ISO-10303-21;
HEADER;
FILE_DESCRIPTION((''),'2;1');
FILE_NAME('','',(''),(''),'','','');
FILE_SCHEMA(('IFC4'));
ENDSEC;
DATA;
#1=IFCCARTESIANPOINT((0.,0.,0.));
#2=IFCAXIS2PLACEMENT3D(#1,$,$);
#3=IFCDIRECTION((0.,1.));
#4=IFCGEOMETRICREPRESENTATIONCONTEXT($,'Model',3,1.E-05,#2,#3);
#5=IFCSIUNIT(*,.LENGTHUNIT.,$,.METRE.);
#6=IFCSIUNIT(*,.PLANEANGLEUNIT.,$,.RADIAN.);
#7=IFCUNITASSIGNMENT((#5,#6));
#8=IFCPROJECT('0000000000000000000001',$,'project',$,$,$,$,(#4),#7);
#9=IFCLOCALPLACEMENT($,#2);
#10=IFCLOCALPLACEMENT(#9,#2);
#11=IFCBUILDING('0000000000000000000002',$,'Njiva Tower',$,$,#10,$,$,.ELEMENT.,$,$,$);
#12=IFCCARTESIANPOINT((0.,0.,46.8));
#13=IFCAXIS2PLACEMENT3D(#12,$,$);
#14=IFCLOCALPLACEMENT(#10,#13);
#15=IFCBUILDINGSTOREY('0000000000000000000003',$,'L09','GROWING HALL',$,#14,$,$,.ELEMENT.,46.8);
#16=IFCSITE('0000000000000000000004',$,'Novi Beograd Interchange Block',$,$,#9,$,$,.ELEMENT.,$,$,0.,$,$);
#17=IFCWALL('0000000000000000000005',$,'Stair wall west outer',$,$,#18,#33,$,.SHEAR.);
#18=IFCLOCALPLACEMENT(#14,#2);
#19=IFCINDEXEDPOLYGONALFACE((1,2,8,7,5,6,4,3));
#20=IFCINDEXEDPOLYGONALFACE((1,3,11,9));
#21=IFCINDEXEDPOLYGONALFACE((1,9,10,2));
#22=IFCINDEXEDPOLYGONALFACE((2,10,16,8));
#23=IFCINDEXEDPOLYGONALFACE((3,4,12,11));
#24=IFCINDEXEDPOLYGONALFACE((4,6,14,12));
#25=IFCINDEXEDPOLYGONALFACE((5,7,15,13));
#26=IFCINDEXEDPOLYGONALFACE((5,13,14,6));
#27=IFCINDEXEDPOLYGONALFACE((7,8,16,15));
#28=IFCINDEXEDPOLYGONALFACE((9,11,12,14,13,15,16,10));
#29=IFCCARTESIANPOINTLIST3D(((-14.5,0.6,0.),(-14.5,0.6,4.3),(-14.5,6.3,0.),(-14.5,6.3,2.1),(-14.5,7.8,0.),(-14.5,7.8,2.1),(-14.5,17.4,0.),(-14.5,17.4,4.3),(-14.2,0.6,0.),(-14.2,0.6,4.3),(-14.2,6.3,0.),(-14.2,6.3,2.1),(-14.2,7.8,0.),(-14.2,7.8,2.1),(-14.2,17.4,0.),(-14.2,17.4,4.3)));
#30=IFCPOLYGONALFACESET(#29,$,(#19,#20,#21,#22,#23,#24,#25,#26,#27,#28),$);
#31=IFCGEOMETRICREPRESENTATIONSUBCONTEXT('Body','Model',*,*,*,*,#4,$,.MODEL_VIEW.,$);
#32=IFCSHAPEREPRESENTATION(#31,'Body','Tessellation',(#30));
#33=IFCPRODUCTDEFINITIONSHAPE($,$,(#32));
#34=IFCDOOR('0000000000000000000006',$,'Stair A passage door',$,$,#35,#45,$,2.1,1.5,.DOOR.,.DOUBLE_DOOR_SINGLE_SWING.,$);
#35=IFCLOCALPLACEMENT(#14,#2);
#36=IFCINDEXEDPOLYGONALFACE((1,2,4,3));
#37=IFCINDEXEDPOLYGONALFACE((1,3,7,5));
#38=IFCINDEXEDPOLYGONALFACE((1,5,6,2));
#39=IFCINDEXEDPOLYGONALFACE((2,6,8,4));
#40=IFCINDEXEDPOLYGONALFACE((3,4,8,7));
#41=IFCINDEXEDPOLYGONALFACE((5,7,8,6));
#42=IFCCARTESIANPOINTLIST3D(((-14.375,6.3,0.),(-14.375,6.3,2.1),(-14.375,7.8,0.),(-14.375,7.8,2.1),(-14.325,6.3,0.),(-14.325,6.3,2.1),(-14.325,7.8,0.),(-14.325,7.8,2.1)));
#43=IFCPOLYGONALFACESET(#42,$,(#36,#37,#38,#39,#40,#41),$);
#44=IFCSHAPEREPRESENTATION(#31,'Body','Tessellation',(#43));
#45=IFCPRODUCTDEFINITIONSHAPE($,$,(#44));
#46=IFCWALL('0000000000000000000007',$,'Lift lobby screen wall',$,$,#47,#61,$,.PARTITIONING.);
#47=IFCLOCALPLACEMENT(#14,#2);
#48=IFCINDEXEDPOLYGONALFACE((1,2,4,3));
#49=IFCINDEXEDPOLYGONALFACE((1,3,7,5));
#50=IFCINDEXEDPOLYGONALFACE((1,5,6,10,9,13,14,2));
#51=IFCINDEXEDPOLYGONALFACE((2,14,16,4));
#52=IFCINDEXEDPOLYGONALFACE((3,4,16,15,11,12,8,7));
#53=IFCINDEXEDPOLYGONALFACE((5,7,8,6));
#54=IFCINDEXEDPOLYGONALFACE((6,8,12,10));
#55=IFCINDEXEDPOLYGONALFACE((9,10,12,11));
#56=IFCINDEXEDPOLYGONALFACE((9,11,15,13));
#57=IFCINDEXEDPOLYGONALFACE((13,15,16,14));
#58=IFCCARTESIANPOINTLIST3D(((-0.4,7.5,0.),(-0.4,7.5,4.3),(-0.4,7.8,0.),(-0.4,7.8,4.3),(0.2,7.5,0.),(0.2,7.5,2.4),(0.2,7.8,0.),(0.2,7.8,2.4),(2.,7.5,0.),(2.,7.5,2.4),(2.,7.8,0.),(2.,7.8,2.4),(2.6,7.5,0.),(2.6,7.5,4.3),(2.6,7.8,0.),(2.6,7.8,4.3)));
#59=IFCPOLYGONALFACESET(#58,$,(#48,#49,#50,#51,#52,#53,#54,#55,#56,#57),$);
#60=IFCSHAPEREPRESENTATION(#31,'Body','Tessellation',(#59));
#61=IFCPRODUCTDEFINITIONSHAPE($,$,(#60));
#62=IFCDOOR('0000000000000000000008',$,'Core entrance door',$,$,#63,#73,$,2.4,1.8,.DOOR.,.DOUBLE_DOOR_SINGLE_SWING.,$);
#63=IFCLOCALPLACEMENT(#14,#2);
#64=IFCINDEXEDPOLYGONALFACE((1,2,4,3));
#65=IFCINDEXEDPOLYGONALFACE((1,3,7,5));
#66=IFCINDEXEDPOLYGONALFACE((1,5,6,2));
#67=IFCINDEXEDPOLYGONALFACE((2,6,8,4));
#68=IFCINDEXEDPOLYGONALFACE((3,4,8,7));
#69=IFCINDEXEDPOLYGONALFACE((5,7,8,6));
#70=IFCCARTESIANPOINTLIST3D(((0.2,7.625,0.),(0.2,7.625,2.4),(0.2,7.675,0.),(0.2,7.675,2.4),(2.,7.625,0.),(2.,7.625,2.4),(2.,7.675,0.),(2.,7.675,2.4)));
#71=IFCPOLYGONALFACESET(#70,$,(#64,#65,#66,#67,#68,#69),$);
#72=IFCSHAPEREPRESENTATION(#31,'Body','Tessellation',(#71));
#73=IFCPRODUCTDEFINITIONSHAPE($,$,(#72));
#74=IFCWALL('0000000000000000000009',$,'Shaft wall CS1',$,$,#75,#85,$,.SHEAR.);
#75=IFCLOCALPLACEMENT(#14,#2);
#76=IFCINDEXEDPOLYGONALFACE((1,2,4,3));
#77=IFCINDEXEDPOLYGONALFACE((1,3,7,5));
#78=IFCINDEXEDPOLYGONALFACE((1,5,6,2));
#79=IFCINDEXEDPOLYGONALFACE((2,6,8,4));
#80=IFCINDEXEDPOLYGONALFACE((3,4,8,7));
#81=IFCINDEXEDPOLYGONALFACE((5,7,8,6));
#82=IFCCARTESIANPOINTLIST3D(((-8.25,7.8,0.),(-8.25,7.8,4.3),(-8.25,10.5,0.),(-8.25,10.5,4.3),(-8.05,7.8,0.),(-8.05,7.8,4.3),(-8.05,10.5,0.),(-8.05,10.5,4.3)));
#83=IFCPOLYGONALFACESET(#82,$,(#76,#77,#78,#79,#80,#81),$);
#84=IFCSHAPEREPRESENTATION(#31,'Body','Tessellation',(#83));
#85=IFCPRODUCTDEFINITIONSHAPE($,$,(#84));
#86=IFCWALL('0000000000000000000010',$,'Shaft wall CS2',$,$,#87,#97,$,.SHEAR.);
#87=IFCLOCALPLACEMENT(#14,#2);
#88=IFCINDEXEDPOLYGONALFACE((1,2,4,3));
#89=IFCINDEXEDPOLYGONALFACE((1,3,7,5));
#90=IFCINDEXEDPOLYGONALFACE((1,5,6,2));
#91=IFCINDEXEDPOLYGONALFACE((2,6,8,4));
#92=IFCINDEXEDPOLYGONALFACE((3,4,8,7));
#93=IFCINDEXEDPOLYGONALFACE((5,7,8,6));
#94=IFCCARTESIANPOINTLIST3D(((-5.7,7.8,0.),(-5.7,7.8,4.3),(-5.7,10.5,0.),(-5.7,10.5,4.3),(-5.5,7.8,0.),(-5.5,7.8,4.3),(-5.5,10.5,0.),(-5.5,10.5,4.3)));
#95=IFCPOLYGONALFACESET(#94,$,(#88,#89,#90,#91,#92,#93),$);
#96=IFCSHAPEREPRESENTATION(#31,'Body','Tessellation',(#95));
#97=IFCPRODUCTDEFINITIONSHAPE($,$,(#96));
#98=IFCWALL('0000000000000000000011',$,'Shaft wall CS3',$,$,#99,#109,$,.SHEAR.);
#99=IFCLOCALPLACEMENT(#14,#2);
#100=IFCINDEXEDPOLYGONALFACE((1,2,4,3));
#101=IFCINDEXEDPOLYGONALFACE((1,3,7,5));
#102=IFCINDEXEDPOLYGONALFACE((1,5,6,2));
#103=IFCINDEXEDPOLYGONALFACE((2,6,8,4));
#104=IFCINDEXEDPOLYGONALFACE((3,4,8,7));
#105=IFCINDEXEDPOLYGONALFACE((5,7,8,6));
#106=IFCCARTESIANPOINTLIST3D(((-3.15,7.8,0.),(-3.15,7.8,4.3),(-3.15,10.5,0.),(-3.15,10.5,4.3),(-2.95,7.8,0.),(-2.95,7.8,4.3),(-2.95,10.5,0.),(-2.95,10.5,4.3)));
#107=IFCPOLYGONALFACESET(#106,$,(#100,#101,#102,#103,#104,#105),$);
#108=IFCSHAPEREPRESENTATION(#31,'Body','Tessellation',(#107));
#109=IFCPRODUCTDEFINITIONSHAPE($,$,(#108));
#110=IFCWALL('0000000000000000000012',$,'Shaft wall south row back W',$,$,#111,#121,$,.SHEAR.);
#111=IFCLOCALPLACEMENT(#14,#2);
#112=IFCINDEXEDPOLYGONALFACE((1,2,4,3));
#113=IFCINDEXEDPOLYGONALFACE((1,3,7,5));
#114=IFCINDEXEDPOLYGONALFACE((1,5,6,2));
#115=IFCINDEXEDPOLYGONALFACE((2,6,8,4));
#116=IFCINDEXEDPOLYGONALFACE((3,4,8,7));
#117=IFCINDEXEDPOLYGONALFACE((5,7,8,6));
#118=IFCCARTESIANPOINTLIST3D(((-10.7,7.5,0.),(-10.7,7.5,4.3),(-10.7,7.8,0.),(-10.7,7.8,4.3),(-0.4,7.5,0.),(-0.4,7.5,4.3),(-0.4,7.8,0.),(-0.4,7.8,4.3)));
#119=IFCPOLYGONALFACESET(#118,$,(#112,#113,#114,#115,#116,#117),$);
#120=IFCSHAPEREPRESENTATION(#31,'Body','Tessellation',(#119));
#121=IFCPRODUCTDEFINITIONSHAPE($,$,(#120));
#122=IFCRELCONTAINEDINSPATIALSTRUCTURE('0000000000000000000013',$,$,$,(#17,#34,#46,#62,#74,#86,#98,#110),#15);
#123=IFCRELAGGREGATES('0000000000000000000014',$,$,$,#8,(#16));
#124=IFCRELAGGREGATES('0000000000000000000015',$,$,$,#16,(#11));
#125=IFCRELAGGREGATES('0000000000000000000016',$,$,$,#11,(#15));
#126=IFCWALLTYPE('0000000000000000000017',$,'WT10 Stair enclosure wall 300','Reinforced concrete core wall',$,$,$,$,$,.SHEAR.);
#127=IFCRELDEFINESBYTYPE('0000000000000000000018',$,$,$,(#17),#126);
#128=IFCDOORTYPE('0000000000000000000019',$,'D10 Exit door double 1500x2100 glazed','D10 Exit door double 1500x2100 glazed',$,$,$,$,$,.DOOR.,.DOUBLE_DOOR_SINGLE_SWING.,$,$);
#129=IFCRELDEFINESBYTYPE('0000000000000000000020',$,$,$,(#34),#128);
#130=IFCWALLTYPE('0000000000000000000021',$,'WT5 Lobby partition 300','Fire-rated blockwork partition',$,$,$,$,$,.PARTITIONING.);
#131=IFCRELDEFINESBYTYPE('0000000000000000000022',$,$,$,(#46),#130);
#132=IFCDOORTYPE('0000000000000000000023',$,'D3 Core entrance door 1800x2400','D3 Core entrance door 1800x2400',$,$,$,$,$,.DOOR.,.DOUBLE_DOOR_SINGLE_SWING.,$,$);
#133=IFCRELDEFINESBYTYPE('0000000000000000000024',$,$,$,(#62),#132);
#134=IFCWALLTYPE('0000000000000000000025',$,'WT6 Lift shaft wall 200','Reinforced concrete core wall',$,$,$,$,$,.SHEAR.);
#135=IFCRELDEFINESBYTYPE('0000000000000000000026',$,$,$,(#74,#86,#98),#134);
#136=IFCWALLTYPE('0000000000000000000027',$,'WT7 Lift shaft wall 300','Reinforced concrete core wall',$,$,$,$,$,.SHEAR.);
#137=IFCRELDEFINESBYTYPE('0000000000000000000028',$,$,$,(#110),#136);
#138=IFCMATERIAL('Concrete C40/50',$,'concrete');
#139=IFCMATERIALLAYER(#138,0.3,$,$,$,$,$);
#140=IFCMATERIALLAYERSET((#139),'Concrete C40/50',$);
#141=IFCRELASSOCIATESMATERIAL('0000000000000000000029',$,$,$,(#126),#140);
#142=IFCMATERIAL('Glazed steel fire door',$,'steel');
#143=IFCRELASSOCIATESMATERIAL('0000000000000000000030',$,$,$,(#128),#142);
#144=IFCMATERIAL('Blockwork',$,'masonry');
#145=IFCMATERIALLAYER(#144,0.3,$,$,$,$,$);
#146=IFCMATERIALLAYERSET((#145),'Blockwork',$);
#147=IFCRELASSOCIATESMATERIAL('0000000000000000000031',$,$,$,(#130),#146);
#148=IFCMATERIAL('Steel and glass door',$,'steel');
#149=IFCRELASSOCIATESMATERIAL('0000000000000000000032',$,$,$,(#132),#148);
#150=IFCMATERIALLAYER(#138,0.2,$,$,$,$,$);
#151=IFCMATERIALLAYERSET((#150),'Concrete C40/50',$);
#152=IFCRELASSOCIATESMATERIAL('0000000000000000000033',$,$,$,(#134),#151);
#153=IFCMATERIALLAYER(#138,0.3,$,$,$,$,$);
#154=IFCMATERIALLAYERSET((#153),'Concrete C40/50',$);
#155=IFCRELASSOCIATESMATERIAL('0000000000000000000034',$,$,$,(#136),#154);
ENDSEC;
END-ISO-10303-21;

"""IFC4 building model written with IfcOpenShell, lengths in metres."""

from ifc_helpers import new_model, si_unit, direction, frame, frame_2d, origin, place, context, subcontext, project, spatial, rectangle, extrude, material, layer, layer_set, type_object, element, fill, save


model = new_model("IFC4")

# Units and contexts
model_context = context("Model", 3, precision=1e-05, world=origin(), true_north=direction((0.0, 1.0)))
body_context = subcontext(model_context, "Body", "Model", "MODEL_VIEW")
ifc_project = project(units=[si_unit("LENGTHUNIT", "METRE"), si_unit("PLANEANGLEUNIT", "RADIAN")], contexts=[model_context])

# Site, building, storey
site_placement = place(None, origin())
site = spatial("IfcSite", under=ifc_project, at=site_placement, Name="Novi Beograd Interchange Block", CompositionType="ELEMENT", RefElevation=0.0)
building_placement = place(site_placement, origin())
building = spatial("IfcBuilding", under=site, at=building_placement, Name="Njiva Tower", CompositionType="ELEMENT")
storey_placement = place(building_placement, frame((0.0, 0.0, 46.8)))
storey = spatial("IfcBuildingStorey", under=building, at=storey_placement, Name="L09", Description="GROWING HALL", CompositionType="ELEMENT", Elevation=46.8)

# Shared definitions
ifc_material_1 = material(Name="Blockwork", Category="masonry")

# Shared definitions
ifc_material_2 = material(Name="Concrete C40/50", Category="concrete")
ifc_layer_1 = layer(ifc_material_2, 0.3)
ifc_layer_set_1 = layer_set([ifc_layer_1], Name="Concrete C40/50")
wall_type_1 = type_object("IfcWallType", Name="WT10 Stair enclosure wall 300", Description="Reinforced concrete core wall", PredefinedType="SHEAR", material=ifc_layer_set_1)
ifc_material_3 = material(Name="Glazed steel fire door", Category="steel")

# Walls, openings, doors
wall_1_placement = place(storey_placement, frame((-14.35, 0.6, 0.0), z_axis=(0.0, 0.0, 1.0), x_axis=(0.0, 1.0, 0.0)))
wall_1 = element("IfcWall", 1, at=wall_1_placement, inside=storey, type_object=wall_type_1, Name="Stair wall west outer", PredefinedType="SHEAR", context=body_context, shape_type="SweptSolid", body=[
    extrude(rectangle(XDim=16.8, YDim=0.3, at=frame_2d((8.4, 0.0))), origin(), (0.0, 0.0, 1.0), 4.3),
])
opening_1_placement = place(wall_1_placement, frame((5.7, 0.0, 0.0)))
opening_1 = element("IfcOpeningElement", 2, at=opening_1_placement, cuts=wall_1, PredefinedType="OPENING", context=body_context, shape_type="SweptSolid", body=[
    extrude(rectangle(XDim=1.5, YDim=2.1, at=frame_2d((0.75, 1.05))), frame((0.0, 0.16, 0.0), z_axis=(0.0, -1.0, 0.0), x_axis=(1.0, 0.0, 0.0)), (0.0, 0.0, 1.0), 0.32),
])
door_type_1 = type_object("IfcDoorType", Name="D10 Exit door double 1500x2100 glazed", Description="D10 Exit door double 1500x2100 glazed", OperationType="DOUBLE_DOOR_SINGLE_SWING", PredefinedType="DOOR", material=ifc_material_3)
door_1_placement = place(opening_1_placement, origin())
door_1 = element("IfcDoor", 3, at=door_1_placement, inside=storey, type_object=door_type_1, Name="Stair A passage door", OperationType="DOUBLE_DOOR_SINGLE_SWING", OverallHeight=2.1, OverallWidth=1.5, PredefinedType="DOOR", context=body_context, shape_type="SweptSolid", body=[
    extrude(rectangle(XDim=1.5, YDim=2.1, at=frame_2d((0.75, 1.05))), frame((0.0, 0.025, 0.0), z_axis=(0.0, -1.0, 0.0), x_axis=(1.0, 0.0, 0.0)), (0.0, 0.0, 1.0), 0.05),
])
fill(opening_1, door_1)
ifc_layer_2 = layer(ifc_material_1, 0.3)
ifc_layer_set_2 = layer_set([ifc_layer_2], Name="Blockwork")
wall_type_2 = type_object("IfcWallType", Name="WT5 Lobby partition 300", Description="Fire-rated blockwork partition", PredefinedType="PARTITIONING", material=ifc_layer_set_2)
wall_2_placement = place(storey_placement, frame((-0.4, 7.65, 0.0), z_axis=(0.0, 0.0, 1.0), x_axis=(1.0, 0.0, 0.0)))
wall_2 = element("IfcWall", 4, at=wall_2_placement, inside=storey, type_object=wall_type_2, Name="Lift lobby screen wall", PredefinedType="PARTITIONING", context=body_context, shape_type="SweptSolid", body=[
    extrude(rectangle(XDim=3.0, YDim=0.3, at=frame_2d((1.5, 0.0))), origin(), (0.0, 0.0, 1.0), 4.3),
])
opening_2_placement = place(wall_2_placement, frame((0.6, 0.0, 0.0)))
opening_2 = element("IfcOpeningElement", 5, at=opening_2_placement, cuts=wall_2, PredefinedType="OPENING", context=body_context, shape_type="SweptSolid", body=[
    extrude(rectangle(XDim=1.8, YDim=2.4, at=frame_2d((0.9, 1.2))), frame((0.0, 0.16, 0.0), z_axis=(0.0, -1.0, 0.0), x_axis=(1.0, 0.0, 0.0)), (0.0, 0.0, 1.0), 0.32),
])
ifc_material_4 = material(Name="Steel and glass door", Category="steel")
door_type_2 = type_object("IfcDoorType", Name="D3 Core entrance door 1800x2400", Description="D3 Core entrance door 1800x2400", OperationType="DOUBLE_DOOR_SINGLE_SWING", PredefinedType="DOOR", material=ifc_material_4)
door_2_placement = place(opening_2_placement, origin())
door_2 = element("IfcDoor", 6, at=door_2_placement, inside=storey, type_object=door_type_2, Name="Core entrance door", OperationType="DOUBLE_DOOR_SINGLE_SWING", OverallHeight=2.4, OverallWidth=1.8, PredefinedType="DOOR", context=body_context, shape_type="SweptSolid", body=[
    extrude(rectangle(XDim=1.8, YDim=2.4, at=frame_2d((0.9, 1.2))), frame((0.0, 0.025, 0.0), z_axis=(0.0, -1.0, 0.0), x_axis=(1.0, 0.0, 0.0)), (0.0, 0.0, 1.0), 0.05),
])
fill(opening_2, door_2)

# Walls
ifc_layer_3 = layer(ifc_material_2, 0.2)
ifc_layer_set_3 = layer_set([ifc_layer_3], Name="Concrete C40/50")
wall_type_3 = type_object("IfcWallType", Name="WT6 Lift shaft wall 200", Description="Reinforced concrete core wall", PredefinedType="SHEAR", material=ifc_layer_set_3)
for number, where, z_axis, x_axis, name in (
    (7, (-8.15, 7.8, 0.0), (0.0, 0.0, 1.0), (0.0, 1.0, 0.0), "Shaft wall CS1"),
    (8, (-5.6, 7.8, 0.0), (0.0, 0.0, 1.0), (0.0, 1.0, 0.0), "Shaft wall CS2"),
    (9, (-3.05, 7.8, 0.0), (0.0, 0.0, 1.0), (0.0, 1.0, 0.0), "Shaft wall CS3"),
):
    element("IfcWall", number, at=place(storey_placement, frame(where, z_axis=z_axis, x_axis=x_axis)), inside=storey, type_object=wall_type_3, Name=name, PredefinedType="SHEAR", context=body_context, shape_type="SweptSolid", body=[
        extrude(rectangle(XDim=2.7, YDim=0.2, at=frame_2d((1.35, 0.0))), origin(), (0.0, 0.0, 1.0), 4.3),
    ])
ifc_layer_4 = layer(ifc_material_2, 0.3)
ifc_layer_set_4 = layer_set([ifc_layer_4], Name="Concrete C40/50")
wall_type_4 = type_object("IfcWallType", Name="WT7 Lift shaft wall 300", Description="Reinforced concrete core wall", PredefinedType="SHEAR", material=ifc_layer_set_4)
wall_3_placement = place(storey_placement, frame((-10.7, 7.65, 0.0), z_axis=(0.0, 0.0, 1.0), x_axis=(1.0, 0.0, 0.0)))
element("IfcWall", 10, at=wall_3_placement, inside=storey, type_object=wall_type_4, Name="Shaft wall south row back W", PredefinedType="SHEAR", context=body_context, shape_type="SweptSolid", body=[
    extrude(rectangle(XDim=10.3, YDim=0.3, at=frame_2d((5.15, 0.0))), origin(), (0.0, 0.0, 1.0), 4.3),
])

save(model, "model.ifc")
